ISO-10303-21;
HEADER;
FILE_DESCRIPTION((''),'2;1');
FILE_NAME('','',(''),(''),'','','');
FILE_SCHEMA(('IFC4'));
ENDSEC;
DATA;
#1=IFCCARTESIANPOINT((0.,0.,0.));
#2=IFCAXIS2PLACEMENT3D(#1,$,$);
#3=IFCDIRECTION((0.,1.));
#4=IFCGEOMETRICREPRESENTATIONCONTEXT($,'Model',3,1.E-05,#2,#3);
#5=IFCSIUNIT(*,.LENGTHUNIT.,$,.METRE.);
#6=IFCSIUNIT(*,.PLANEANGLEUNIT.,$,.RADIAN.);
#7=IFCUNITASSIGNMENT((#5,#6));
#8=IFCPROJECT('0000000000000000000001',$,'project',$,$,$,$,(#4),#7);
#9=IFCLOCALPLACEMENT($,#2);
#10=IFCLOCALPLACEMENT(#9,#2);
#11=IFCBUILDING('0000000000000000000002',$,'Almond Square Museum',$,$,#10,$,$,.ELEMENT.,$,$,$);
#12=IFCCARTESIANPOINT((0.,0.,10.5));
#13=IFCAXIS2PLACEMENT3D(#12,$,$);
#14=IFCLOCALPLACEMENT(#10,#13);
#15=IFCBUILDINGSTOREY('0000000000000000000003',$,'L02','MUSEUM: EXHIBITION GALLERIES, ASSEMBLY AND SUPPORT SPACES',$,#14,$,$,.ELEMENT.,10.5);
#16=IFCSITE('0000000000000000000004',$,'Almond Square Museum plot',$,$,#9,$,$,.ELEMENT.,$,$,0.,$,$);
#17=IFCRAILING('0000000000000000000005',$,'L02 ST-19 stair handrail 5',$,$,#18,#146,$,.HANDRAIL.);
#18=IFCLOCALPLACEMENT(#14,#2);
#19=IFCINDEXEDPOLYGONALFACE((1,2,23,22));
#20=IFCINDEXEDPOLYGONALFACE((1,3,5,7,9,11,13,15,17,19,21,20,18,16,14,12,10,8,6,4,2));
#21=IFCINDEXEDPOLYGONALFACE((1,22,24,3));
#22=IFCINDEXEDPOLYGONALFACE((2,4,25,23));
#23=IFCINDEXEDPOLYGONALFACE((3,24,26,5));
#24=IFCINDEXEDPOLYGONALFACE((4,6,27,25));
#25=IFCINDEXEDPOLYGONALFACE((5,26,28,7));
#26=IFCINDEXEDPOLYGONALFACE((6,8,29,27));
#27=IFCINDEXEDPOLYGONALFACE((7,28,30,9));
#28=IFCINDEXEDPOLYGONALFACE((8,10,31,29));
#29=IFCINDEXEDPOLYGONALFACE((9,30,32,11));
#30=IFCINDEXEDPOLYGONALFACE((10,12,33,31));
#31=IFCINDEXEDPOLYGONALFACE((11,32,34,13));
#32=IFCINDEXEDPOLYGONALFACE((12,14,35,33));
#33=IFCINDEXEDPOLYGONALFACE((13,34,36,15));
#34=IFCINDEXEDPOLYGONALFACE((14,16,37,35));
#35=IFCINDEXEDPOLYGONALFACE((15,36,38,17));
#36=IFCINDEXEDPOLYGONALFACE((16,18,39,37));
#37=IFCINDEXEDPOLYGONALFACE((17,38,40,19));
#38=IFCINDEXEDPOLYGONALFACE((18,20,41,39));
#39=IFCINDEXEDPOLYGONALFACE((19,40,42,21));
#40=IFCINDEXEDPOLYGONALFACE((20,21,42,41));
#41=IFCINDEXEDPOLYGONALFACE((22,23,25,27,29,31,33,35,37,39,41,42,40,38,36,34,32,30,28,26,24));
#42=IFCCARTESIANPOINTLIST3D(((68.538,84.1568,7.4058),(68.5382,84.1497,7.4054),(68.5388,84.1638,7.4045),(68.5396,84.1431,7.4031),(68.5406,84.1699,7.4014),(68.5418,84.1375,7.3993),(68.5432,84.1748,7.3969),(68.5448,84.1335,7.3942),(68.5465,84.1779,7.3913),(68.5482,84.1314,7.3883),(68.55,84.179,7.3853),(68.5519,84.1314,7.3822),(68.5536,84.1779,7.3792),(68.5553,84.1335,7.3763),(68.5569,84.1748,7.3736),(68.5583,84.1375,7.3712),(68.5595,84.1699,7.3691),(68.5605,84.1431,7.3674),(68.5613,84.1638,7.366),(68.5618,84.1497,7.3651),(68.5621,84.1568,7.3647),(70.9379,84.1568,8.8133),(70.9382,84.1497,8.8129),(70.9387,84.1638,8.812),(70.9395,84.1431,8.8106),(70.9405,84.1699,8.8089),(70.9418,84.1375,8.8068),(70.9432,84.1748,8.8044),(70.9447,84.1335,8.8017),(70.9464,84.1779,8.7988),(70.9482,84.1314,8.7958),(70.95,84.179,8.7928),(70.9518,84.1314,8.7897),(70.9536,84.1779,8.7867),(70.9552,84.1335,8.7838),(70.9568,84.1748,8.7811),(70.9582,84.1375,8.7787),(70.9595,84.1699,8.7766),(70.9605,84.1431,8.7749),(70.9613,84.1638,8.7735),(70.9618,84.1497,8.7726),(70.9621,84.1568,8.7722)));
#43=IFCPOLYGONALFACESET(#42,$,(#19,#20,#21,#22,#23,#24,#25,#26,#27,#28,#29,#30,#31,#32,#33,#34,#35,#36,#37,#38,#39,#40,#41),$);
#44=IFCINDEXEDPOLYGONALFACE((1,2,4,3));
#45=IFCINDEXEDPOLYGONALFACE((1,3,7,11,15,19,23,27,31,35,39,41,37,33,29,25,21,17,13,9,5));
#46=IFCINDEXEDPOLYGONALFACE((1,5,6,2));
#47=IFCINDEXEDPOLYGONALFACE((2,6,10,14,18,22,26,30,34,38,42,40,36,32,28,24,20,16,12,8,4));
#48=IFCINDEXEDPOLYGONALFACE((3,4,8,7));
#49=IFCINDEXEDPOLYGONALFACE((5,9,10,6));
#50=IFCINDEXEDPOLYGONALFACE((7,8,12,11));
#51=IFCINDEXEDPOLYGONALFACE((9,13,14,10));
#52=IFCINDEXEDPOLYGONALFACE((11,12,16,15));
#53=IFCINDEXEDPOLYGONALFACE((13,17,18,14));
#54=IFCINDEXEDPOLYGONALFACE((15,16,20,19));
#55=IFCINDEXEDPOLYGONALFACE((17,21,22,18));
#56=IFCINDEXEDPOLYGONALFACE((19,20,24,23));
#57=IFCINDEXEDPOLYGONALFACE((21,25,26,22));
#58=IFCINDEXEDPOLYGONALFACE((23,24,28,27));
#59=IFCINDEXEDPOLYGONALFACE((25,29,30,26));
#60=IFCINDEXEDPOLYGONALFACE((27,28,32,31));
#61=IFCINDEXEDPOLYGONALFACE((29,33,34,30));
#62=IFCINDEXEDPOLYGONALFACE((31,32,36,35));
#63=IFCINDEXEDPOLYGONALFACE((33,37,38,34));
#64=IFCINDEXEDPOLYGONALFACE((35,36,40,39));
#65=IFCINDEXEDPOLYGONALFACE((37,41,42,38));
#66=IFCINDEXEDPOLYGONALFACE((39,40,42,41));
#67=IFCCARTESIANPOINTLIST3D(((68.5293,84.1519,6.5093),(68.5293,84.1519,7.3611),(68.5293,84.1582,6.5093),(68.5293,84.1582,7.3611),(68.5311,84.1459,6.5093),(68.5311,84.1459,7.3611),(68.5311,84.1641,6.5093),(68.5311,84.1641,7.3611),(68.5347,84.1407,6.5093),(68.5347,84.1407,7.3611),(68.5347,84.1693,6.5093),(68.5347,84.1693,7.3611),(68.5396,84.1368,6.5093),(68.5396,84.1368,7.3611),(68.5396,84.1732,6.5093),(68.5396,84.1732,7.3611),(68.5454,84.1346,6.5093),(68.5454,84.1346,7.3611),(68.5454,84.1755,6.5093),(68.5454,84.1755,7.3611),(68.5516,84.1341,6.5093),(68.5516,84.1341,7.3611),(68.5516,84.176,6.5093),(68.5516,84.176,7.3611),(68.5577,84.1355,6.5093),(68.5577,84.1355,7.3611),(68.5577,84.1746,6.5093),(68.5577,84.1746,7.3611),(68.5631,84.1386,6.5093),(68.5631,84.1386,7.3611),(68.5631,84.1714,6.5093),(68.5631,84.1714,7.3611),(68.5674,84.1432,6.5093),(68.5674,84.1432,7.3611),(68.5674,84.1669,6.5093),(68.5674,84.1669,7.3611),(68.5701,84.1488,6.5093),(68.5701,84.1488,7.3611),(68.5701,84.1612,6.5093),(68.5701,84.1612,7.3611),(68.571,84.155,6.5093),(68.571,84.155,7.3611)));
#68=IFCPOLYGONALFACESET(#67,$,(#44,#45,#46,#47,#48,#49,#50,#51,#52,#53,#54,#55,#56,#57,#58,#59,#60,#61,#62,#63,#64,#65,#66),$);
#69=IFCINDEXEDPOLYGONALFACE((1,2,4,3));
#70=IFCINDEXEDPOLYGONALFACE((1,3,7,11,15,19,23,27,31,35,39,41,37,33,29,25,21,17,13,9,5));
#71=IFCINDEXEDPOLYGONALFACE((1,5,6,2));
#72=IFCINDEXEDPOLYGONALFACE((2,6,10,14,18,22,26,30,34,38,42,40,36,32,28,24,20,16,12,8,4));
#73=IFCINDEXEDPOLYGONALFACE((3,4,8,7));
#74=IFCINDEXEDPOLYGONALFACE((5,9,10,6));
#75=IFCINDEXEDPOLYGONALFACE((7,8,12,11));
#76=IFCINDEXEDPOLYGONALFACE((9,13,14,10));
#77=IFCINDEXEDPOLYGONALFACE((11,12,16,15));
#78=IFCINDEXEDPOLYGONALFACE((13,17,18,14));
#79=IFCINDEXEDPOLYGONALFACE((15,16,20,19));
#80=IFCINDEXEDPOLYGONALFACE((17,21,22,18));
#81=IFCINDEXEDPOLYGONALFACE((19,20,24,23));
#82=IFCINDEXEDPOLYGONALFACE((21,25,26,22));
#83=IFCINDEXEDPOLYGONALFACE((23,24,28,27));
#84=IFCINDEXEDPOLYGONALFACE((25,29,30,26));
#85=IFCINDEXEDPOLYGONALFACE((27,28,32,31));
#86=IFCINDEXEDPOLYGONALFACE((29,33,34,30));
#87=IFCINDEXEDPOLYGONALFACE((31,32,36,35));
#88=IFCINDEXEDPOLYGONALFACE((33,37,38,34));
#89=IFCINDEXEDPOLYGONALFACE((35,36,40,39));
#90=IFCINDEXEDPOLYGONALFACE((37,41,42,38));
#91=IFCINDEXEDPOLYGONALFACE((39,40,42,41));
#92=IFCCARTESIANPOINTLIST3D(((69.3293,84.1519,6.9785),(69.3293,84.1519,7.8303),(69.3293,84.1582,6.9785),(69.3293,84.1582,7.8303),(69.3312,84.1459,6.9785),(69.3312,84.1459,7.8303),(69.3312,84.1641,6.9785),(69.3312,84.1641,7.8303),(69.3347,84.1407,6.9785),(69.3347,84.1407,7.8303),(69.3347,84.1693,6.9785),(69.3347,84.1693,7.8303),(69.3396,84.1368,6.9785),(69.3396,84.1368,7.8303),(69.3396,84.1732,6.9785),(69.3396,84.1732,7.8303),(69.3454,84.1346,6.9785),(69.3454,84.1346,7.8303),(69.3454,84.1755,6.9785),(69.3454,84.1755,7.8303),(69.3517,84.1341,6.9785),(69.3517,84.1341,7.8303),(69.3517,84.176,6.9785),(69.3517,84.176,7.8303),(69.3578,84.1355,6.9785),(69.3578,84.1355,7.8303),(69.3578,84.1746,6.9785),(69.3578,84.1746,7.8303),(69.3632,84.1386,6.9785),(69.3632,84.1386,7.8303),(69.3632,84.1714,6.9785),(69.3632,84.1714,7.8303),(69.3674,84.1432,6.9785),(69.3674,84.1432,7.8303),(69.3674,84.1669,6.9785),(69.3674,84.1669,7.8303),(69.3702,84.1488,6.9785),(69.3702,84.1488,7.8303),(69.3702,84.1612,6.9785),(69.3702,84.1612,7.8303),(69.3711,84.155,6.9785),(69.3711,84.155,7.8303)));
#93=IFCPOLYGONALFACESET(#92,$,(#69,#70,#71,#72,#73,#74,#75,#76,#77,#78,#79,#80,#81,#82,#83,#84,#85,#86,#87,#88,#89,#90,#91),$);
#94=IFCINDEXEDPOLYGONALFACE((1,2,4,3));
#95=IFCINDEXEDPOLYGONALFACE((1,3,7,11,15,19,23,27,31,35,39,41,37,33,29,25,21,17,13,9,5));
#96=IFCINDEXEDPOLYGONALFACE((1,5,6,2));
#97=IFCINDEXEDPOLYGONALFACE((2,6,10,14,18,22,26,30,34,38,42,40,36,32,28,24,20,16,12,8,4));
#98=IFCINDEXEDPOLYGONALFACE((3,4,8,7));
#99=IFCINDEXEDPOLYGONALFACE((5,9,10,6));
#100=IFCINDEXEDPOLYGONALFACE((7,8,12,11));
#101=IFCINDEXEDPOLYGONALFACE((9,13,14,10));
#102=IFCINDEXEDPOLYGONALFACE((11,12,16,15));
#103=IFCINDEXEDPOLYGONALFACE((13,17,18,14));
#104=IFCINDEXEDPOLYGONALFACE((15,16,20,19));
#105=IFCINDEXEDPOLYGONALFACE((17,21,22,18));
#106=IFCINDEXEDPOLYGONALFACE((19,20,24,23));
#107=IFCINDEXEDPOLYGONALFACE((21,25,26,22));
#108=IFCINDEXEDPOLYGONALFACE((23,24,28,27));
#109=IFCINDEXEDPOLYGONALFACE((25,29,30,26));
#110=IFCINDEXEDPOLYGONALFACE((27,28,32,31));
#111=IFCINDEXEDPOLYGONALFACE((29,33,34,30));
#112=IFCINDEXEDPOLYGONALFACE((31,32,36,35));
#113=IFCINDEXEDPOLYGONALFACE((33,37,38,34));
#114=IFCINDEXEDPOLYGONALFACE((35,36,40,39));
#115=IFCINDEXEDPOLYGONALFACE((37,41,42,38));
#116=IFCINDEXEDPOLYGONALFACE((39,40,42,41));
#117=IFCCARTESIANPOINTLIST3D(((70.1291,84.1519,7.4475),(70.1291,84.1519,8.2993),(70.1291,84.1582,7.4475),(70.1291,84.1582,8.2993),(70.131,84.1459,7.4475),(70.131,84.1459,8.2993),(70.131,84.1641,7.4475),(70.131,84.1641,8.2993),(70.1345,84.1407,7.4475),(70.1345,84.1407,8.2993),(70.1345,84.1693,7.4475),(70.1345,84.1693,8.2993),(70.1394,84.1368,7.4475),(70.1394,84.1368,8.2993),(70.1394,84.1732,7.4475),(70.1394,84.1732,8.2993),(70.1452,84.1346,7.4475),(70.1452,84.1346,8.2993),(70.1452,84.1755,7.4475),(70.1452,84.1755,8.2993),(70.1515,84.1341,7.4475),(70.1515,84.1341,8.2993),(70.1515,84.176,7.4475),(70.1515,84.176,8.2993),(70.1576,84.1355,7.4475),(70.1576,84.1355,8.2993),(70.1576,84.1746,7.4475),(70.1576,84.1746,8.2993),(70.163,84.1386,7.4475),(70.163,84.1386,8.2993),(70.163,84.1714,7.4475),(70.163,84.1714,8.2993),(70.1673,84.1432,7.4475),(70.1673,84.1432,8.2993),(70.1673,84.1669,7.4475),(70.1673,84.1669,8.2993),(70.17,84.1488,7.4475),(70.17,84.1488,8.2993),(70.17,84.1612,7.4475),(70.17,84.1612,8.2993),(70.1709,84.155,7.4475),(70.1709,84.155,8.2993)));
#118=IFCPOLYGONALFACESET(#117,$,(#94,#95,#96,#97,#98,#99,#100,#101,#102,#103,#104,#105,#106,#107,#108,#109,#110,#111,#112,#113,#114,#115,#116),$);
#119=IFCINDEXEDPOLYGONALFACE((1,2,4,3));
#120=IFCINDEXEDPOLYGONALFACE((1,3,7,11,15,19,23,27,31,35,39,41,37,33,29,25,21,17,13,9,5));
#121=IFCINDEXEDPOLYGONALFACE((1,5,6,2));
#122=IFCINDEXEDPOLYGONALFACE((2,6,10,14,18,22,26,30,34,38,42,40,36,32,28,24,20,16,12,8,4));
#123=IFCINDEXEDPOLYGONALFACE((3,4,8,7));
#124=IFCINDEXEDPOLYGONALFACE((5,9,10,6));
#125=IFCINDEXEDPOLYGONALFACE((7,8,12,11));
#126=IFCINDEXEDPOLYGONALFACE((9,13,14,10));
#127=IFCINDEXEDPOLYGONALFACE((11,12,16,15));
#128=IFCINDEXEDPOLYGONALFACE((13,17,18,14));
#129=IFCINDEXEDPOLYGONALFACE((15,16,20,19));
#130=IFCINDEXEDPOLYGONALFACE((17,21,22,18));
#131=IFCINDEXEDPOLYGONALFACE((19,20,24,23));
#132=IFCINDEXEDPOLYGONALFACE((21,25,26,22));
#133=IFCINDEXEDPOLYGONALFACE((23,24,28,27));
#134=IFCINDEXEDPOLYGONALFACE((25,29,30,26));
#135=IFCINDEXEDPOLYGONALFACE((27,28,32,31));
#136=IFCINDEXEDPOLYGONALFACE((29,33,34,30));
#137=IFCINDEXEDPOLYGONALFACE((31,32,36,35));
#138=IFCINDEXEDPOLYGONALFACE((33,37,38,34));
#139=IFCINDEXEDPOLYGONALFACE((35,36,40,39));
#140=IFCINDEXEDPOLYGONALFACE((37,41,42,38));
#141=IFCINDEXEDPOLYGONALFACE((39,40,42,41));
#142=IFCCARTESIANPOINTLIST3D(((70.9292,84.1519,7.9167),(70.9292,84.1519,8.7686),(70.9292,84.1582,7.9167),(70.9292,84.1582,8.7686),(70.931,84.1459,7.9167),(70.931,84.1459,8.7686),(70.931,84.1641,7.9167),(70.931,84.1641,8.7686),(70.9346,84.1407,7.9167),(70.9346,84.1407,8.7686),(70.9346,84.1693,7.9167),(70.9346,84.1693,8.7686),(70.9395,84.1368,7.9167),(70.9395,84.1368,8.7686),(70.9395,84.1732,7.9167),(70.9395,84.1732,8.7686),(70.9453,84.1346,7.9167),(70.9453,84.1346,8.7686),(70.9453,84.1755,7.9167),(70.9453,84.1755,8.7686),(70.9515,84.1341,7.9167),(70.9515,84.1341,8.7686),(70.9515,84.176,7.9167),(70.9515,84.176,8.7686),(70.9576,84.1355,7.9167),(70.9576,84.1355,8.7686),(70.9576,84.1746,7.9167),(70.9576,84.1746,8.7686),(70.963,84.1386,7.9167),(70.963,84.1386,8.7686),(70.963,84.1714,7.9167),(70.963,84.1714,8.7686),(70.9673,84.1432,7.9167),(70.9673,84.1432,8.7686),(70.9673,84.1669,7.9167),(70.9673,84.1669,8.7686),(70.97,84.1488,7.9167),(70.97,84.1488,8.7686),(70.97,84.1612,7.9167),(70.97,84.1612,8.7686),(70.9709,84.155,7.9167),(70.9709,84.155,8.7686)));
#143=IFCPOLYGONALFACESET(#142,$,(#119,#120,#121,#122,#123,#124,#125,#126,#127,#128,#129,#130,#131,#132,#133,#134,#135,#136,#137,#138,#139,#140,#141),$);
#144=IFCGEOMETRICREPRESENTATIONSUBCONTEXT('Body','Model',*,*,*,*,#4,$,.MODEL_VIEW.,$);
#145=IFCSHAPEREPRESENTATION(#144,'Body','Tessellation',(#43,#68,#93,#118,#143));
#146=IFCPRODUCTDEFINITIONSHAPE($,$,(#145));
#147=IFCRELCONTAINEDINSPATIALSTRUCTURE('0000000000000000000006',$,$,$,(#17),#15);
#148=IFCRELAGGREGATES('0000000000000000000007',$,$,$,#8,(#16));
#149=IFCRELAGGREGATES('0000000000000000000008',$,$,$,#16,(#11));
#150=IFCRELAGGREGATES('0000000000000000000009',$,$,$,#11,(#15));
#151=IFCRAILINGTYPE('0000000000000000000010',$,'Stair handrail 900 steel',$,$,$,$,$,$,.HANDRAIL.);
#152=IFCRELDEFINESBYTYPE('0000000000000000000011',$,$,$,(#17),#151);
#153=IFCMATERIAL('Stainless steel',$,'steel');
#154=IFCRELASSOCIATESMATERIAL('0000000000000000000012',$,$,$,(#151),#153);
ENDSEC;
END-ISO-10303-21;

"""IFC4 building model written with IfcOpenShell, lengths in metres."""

from ifc_helpers import new_model, si_unit, direction, frame, origin, origin_2d, place, context, subcontext, project, spatial, circle, extrude, material, type_object, element, save


model = new_model("IFC4")

# Units and contexts
model_context = context("Model", 3, precision=1e-05, world=origin(), true_north=direction((0.0, 1.0)))
body_context = subcontext(model_context, "Body", "Model", "MODEL_VIEW")
ifc_project = project(units=[si_unit("LENGTHUNIT", "METRE"), si_unit("PLANEANGLEUNIT", "RADIAN")], contexts=[model_context])

# Site, building, storey
site_placement = place(None, origin())
site = spatial("IfcSite", under=ifc_project, at=site_placement, Name="Almond Square Museum plot", CompositionType="ELEMENT", RefElevation=0.0)
building_placement = place(site_placement, origin())
building = spatial("IfcBuilding", under=site, at=building_placement, Name="Almond Square Museum", CompositionType="ELEMENT")
storey_placement = place(building_placement, frame((0.0, 0.0, 10.5)))
storey = spatial("IfcBuildingStorey", under=building, at=storey_placement, Name="L02", Description="MUSEUM: EXHIBITION GALLERIES, ASSEMBLY AND SUPPORT SPACES", CompositionType="ELEMENT", Elevation=10.5)

# Railing
ifc_material_1 = material(Name="Stainless steel", Category="steel")
railing_type_1 = type_object("IfcRailingType", Name="Stair handrail 900 steel", PredefinedType="HANDRAIL", material=ifc_material_1)
railing_1_placement = place(storey_placement, frame((68.55, 84.155, 6.5093)))
element("IfcRailing", 1, at=railing_1_placement, inside=storey, type_object=railing_type_1, Name="L02 ST-19 stair handrail 5", PredefinedType="HANDRAIL", context=body_context, shape_type="SweptSolid", body=[
    extrude(circle(Radius=0.0239, at=origin_2d()), frame((0.0, 0.0, 0.876), z_axis=(0.862599, 0.0, 0.505888), x_axis=(0.0, 1.0, 0.0)), (0.0, 0.0, 1.0), 2.7822),
    extrude(circle(Radius=0.021, at=origin_2d()), origin(), (0.0, 0.0, 1.0), 0.8518),
    extrude(circle(Radius=0.021, at=origin_2d()), frame((0.8, 0.0, 0.4692)), (0.0, 0.0, 1.0), 0.8518),
    extrude(circle(Radius=0.021, at=origin_2d()), frame((1.5999, 0.0, 0.9382)), (0.0, 0.0, 1.0), 0.8518),
    extrude(circle(Radius=0.021, at=origin_2d()), frame((2.3999, 0.0, 1.4075)), (0.0, 0.0, 1.0), 0.8518),
])

save(model, "model.ifc")
